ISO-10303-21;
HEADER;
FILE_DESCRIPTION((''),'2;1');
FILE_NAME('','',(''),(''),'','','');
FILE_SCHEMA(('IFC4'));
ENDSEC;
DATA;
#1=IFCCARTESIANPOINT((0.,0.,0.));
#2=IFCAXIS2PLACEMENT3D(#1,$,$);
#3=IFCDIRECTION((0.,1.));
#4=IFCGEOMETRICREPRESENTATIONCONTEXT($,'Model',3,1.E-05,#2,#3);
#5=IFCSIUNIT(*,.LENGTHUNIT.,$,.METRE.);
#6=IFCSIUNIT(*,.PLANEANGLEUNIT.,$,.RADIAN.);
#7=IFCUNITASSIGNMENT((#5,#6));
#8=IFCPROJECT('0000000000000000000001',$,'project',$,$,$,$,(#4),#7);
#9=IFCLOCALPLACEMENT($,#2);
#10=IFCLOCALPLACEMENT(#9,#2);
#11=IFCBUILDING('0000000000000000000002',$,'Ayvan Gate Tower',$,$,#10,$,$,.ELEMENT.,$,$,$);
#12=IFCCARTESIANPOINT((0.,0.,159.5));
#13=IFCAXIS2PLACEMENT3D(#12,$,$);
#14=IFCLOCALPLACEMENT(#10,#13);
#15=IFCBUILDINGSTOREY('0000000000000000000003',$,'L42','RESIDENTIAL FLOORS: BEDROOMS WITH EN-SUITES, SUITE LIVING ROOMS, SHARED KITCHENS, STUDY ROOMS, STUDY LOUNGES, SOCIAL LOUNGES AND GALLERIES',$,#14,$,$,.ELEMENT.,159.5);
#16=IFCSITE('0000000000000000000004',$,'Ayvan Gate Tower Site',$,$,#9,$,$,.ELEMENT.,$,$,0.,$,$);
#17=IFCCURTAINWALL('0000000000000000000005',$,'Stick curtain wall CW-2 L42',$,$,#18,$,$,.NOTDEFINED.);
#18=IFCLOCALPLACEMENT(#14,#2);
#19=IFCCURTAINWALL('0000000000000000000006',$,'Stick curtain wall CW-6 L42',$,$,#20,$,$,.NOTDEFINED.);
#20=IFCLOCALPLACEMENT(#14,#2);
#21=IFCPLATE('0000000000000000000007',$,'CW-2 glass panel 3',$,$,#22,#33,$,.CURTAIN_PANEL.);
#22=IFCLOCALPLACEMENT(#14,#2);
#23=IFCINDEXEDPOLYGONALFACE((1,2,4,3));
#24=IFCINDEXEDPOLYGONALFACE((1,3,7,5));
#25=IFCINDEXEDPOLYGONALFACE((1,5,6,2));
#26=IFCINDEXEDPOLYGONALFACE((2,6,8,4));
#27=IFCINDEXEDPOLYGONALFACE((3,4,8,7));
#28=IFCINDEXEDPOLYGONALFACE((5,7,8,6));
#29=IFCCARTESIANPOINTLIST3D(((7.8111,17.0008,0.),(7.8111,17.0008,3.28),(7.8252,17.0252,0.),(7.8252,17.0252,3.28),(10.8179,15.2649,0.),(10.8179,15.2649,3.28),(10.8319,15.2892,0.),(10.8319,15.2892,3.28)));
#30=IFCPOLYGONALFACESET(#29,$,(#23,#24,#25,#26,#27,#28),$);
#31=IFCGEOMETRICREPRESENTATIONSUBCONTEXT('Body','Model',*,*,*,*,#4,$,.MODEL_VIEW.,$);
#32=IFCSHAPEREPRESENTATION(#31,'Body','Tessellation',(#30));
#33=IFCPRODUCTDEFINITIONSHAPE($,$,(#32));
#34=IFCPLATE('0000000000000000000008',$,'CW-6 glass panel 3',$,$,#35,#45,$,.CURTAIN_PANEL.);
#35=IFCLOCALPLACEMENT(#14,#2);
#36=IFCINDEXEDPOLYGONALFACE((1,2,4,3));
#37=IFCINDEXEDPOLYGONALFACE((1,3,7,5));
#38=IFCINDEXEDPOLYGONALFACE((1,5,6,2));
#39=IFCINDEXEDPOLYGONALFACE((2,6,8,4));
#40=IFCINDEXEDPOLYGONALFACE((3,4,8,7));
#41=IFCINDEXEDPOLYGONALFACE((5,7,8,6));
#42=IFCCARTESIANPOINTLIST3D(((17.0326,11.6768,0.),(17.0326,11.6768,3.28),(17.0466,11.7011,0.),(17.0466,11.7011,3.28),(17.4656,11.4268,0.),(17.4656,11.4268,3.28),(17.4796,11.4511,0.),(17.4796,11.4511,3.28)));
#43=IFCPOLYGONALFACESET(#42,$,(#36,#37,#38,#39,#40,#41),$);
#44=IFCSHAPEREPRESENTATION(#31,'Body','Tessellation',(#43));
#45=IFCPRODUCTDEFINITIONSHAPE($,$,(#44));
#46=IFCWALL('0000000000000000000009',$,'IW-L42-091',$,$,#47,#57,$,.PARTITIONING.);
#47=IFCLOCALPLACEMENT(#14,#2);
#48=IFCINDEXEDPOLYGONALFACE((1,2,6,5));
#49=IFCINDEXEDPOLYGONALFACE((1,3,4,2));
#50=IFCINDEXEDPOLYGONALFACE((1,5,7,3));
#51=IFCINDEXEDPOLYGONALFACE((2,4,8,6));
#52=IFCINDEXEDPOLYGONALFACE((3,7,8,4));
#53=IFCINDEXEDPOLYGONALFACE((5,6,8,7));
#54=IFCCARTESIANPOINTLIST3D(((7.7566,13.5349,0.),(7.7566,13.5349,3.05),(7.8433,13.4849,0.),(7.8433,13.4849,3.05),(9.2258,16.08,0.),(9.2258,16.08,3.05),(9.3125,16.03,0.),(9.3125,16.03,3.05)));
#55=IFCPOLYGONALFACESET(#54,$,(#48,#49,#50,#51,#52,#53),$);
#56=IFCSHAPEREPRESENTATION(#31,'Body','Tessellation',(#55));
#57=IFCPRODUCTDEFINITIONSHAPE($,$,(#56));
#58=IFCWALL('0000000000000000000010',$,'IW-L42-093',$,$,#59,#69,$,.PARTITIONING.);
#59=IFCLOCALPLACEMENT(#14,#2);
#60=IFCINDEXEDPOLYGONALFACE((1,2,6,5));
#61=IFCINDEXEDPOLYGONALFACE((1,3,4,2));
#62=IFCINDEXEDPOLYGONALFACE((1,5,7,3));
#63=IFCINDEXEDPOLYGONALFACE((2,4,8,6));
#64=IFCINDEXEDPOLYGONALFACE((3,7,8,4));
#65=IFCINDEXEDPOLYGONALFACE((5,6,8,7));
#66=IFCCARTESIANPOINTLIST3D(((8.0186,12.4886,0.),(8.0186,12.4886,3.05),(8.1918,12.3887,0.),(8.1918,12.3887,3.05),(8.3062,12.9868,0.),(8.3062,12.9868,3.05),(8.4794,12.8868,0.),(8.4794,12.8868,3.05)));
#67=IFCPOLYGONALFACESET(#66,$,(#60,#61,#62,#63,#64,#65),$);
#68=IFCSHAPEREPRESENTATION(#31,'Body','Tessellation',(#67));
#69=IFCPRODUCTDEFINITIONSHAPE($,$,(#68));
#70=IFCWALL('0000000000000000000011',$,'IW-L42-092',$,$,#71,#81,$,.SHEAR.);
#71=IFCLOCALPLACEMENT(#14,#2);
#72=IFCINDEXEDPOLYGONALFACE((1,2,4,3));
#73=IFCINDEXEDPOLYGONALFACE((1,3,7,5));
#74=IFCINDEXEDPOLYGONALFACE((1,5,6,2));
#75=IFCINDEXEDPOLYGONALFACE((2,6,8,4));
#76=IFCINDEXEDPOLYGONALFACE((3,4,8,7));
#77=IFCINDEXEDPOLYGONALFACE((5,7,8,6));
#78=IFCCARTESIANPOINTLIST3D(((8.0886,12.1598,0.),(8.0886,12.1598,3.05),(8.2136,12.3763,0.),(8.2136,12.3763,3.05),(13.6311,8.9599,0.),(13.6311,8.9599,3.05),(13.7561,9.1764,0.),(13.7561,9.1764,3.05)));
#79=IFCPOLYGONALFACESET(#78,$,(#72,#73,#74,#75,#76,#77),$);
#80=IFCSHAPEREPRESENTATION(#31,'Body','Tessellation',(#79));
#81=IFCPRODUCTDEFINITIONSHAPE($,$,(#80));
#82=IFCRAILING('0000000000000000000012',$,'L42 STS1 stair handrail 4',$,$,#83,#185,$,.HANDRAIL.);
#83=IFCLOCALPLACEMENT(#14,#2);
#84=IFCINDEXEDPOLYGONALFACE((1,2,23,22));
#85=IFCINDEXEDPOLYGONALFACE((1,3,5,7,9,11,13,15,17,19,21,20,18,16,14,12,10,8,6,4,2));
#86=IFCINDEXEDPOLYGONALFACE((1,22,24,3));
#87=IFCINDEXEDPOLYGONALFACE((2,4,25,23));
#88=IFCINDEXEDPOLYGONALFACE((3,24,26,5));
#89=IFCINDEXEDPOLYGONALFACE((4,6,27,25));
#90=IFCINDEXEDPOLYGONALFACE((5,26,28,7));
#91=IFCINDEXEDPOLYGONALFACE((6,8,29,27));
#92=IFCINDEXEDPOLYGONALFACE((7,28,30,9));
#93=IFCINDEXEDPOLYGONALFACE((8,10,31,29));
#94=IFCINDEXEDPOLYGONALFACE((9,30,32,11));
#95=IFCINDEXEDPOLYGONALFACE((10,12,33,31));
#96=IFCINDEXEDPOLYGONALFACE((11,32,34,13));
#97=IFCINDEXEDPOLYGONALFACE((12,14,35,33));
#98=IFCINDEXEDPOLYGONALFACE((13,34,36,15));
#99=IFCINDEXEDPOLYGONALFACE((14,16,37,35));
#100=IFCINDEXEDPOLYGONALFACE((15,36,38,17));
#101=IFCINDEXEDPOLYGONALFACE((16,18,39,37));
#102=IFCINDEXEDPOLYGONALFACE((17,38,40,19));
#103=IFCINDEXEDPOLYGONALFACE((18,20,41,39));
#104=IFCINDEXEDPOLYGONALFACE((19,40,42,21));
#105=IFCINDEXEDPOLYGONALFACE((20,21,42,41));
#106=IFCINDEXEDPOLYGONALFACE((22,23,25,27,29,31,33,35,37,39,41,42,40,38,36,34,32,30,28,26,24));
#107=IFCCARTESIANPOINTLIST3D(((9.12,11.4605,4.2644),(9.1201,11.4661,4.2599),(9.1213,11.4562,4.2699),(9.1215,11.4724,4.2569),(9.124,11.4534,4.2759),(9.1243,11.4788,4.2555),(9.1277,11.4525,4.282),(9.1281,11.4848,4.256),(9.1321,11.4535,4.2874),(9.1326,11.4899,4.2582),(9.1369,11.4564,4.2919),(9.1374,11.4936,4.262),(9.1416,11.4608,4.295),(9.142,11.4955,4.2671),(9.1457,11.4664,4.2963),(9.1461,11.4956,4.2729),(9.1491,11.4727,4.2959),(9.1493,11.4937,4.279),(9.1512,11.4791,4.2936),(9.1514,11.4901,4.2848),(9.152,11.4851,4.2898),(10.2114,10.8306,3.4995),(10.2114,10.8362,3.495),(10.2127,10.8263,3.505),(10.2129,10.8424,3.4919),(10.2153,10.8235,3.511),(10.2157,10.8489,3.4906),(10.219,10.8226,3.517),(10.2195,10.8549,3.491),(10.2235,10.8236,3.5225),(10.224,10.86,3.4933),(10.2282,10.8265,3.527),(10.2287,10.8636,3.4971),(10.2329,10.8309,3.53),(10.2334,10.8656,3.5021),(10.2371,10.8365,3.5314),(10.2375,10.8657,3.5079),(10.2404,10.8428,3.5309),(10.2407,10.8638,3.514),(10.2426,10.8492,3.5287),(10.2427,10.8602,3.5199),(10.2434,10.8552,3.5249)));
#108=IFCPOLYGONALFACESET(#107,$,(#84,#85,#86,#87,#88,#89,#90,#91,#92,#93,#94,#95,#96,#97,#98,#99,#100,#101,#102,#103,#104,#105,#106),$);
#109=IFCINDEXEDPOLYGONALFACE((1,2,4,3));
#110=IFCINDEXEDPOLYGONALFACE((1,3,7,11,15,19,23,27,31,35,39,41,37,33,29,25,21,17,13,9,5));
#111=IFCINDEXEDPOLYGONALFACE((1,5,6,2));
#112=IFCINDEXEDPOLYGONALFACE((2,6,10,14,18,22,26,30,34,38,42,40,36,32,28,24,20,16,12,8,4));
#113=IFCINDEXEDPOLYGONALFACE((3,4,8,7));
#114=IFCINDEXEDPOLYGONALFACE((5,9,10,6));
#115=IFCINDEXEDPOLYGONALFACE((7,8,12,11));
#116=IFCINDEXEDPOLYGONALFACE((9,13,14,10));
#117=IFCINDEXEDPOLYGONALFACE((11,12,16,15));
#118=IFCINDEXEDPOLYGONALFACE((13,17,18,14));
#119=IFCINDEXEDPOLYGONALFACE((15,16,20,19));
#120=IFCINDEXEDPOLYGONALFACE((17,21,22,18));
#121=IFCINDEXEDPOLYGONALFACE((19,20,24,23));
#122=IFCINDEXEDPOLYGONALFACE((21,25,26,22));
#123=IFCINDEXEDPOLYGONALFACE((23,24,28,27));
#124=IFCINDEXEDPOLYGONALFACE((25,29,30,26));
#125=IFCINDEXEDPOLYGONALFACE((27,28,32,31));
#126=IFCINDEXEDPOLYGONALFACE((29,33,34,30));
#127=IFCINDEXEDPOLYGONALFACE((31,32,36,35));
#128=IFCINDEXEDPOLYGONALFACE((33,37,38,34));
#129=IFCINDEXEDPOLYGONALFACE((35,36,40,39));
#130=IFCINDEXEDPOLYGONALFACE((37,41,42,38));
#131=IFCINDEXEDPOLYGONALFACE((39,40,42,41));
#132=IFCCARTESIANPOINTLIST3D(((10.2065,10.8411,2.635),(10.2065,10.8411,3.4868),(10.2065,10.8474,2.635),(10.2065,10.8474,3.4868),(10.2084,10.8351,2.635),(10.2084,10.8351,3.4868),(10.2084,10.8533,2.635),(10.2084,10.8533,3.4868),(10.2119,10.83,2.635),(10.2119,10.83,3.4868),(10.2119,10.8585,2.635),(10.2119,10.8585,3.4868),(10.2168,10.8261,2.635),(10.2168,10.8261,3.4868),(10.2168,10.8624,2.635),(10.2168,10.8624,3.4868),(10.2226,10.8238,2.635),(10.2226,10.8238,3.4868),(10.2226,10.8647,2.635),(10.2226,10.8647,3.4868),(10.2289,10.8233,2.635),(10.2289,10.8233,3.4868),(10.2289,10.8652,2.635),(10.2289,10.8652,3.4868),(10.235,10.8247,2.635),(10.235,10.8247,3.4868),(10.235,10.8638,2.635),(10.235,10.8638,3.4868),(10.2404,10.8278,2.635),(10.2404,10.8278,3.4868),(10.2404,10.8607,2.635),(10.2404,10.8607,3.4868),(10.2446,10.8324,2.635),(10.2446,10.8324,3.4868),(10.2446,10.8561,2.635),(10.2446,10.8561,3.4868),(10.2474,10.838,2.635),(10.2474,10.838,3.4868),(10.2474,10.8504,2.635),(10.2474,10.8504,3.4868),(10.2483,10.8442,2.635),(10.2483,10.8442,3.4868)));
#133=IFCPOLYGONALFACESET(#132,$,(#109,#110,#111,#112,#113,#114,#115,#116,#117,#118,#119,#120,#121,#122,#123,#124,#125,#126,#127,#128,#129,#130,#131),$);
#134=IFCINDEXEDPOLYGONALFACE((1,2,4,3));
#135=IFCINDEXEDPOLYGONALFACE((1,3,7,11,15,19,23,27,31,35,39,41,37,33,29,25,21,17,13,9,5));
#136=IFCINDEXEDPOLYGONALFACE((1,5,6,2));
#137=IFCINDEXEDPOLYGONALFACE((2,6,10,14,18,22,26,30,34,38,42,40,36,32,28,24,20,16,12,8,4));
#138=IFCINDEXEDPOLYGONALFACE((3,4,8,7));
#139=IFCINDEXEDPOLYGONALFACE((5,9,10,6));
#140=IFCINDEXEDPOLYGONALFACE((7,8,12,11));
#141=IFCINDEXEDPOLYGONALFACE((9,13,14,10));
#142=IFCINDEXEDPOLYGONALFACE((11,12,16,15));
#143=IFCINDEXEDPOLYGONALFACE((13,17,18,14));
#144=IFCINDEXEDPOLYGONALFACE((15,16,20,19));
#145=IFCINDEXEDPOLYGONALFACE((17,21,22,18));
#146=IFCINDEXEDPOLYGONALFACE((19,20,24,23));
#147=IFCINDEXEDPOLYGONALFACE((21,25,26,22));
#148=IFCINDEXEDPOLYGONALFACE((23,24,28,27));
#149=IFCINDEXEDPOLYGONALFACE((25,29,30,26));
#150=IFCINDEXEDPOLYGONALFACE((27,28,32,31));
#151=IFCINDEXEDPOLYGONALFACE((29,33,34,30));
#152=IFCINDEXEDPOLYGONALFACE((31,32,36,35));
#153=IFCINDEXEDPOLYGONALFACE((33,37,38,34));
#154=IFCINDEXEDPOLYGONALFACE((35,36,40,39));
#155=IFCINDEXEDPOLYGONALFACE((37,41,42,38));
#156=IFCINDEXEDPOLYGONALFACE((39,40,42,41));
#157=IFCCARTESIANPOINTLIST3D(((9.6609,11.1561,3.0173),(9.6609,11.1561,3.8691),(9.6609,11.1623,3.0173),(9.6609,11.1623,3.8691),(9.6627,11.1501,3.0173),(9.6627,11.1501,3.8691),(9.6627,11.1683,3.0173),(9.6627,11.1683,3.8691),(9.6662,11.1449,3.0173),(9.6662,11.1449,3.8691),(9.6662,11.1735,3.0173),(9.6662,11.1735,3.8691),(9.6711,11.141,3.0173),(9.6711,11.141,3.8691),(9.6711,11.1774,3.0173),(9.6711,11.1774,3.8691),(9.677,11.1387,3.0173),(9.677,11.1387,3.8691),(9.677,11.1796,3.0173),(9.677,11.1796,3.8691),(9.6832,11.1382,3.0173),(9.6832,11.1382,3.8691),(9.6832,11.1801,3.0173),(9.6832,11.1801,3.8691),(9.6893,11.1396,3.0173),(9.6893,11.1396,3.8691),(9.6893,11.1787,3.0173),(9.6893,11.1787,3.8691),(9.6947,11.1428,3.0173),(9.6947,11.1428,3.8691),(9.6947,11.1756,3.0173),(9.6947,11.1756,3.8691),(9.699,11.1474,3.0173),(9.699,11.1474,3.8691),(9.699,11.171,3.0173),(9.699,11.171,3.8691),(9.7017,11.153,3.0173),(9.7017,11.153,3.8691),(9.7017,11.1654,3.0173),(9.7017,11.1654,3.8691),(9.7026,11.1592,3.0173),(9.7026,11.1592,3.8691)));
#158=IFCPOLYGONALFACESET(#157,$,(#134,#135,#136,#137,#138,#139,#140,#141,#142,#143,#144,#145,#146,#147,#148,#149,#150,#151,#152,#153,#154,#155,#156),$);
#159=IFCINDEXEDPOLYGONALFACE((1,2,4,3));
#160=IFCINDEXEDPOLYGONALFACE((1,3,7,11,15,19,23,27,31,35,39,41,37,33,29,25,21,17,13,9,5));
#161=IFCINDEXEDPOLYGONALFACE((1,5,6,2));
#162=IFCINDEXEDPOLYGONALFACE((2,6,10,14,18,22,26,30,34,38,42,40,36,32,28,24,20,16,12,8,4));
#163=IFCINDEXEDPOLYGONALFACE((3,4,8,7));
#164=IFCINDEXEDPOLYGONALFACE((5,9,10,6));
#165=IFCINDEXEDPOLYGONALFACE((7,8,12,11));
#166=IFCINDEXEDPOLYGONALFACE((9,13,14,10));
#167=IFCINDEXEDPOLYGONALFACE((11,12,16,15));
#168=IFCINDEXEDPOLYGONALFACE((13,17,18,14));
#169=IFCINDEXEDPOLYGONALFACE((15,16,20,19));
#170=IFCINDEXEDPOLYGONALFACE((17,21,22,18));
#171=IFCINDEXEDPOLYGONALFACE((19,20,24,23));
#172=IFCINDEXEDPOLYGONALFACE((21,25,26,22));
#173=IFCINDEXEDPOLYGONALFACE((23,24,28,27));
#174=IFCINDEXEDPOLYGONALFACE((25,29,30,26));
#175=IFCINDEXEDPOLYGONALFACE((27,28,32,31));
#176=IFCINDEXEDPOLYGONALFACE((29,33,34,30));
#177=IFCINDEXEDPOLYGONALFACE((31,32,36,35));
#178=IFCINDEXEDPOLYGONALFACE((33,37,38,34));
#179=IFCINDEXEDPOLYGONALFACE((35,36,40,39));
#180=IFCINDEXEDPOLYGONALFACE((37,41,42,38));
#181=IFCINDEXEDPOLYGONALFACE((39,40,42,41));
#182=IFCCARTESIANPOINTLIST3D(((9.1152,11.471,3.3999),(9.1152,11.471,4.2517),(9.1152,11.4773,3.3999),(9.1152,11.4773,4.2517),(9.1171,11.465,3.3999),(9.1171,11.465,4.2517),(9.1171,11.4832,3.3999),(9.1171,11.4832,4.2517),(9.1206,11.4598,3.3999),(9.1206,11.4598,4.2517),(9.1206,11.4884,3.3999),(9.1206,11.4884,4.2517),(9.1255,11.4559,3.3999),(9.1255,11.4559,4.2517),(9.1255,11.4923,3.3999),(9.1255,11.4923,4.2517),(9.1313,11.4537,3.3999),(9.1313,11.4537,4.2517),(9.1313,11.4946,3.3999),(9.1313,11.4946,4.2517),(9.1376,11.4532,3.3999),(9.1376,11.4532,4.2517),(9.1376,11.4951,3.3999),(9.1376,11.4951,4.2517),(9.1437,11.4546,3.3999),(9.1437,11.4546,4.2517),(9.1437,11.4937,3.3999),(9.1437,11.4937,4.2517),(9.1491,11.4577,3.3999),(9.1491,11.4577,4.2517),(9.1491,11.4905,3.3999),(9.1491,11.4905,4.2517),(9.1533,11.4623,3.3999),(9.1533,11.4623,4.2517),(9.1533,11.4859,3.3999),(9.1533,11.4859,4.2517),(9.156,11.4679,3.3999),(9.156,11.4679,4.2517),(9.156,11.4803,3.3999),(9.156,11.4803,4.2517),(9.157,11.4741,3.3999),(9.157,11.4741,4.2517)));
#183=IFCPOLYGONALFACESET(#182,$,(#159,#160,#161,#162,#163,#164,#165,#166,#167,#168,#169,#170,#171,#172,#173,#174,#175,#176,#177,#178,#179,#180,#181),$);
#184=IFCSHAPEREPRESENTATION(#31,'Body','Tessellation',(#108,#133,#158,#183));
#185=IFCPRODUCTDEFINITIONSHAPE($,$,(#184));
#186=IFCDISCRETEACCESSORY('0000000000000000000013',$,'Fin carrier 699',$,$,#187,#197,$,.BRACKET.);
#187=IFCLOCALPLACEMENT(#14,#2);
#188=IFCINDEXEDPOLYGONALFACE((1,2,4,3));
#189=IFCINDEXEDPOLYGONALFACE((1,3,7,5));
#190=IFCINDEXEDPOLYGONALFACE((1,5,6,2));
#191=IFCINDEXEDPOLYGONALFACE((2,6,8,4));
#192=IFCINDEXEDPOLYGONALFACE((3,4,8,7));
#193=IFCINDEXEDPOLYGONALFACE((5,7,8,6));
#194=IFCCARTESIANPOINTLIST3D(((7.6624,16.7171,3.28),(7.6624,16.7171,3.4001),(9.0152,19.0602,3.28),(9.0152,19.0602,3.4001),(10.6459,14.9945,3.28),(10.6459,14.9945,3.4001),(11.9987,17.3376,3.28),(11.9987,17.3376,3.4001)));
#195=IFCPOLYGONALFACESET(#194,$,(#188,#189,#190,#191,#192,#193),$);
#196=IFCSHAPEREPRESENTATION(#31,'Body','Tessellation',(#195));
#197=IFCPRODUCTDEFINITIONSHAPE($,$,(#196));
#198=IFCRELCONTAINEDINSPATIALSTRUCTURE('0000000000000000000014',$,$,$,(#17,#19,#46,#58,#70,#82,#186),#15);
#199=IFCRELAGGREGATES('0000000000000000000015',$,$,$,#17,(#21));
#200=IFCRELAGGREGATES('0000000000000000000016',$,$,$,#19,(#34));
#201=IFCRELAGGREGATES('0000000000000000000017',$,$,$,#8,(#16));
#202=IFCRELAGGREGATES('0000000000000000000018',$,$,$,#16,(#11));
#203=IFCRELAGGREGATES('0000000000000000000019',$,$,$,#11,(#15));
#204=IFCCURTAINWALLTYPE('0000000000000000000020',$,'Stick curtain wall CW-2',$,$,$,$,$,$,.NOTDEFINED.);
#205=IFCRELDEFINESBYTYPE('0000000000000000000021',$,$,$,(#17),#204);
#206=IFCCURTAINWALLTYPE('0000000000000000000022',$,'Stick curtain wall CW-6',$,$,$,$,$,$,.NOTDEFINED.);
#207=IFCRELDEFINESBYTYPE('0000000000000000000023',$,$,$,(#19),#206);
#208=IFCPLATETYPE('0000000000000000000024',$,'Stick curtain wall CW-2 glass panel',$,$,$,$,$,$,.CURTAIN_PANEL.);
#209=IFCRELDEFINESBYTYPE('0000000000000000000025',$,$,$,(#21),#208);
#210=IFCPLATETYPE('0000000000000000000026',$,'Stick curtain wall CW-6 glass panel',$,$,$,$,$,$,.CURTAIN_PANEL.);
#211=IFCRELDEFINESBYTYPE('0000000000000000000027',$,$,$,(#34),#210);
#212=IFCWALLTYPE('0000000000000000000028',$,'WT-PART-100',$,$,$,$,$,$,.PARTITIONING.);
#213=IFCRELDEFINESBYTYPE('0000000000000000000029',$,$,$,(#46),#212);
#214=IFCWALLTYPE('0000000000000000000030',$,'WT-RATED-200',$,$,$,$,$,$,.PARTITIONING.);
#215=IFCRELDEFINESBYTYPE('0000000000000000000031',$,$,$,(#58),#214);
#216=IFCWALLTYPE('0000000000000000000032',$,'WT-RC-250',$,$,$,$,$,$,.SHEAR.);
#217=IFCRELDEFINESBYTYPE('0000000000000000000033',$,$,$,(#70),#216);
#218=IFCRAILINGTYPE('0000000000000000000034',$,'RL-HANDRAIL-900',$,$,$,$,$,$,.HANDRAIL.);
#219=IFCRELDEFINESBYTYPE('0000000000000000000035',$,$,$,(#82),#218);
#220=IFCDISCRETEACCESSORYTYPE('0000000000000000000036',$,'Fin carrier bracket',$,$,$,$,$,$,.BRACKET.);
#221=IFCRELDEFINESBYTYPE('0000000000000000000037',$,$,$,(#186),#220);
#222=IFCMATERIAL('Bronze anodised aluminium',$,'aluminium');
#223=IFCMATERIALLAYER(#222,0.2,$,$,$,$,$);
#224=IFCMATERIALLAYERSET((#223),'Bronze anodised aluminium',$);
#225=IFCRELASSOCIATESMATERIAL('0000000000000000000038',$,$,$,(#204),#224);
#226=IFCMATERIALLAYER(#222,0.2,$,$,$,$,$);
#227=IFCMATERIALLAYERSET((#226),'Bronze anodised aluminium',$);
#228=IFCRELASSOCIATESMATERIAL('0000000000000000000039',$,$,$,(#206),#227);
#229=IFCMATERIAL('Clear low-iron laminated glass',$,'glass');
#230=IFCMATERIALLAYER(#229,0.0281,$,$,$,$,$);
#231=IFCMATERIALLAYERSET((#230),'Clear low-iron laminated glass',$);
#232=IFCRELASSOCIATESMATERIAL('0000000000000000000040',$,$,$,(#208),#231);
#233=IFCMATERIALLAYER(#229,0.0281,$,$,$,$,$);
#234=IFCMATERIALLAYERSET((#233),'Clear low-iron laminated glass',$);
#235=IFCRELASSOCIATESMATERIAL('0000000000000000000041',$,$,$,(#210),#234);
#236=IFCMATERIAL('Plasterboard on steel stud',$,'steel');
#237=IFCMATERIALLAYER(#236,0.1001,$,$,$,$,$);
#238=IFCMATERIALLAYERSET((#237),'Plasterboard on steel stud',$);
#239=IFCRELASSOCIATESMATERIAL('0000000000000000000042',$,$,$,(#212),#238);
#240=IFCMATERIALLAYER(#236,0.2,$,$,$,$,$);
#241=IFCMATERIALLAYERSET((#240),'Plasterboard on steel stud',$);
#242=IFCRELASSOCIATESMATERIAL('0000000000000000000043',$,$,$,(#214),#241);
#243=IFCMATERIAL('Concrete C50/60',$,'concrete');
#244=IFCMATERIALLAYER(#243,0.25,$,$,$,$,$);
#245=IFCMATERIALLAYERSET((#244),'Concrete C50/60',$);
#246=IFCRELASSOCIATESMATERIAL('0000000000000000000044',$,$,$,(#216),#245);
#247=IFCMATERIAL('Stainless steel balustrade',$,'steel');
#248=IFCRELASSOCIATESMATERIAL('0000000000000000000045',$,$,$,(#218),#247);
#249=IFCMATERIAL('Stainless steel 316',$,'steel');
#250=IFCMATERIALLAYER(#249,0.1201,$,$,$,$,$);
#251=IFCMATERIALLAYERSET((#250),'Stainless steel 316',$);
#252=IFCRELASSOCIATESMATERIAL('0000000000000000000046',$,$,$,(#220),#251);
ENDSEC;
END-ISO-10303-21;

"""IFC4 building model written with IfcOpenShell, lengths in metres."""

from ifc_helpers import new_model, si_unit, direction, frame, frame_2d, origin, origin_2d, place, context, subcontext, project, spatial, rectangle, circle, extrude, material, layer, layer_set, type_object, element, aggregate, save


model = new_model("IFC4")

# Units and contexts
model_context = context("Model", 3, precision=1e-05, world=origin(), true_north=direction((0.0, 1.0)))
body_context = subcontext(model_context, "Body", "Model", "MODEL_VIEW")
ifc_project = project(units=[si_unit("LENGTHUNIT", "METRE"), si_unit("PLANEANGLEUNIT", "RADIAN")], contexts=[model_context])

# Site, building, storey
site_placement = place(None, origin())
site = spatial("IfcSite", under=ifc_project, at=site_placement, Name="Ayvan Gate Tower Site", CompositionType="ELEMENT", RefElevation=0.0)
building_placement = place(site_placement, origin())
building = spatial("IfcBuilding", under=site, at=building_placement, Name="Ayvan Gate Tower", CompositionType="ELEMENT")
storey_placement = place(building_placement, frame((0.0, 0.0, 159.5)))
storey = spatial("IfcBuildingStorey", under=building, at=storey_placement, Name="L42", Description="RESIDENTIAL FLOORS: BEDROOMS WITH EN-SUITES, SUITE LIVING ROOMS, SHARED KITCHENS, STUDY ROOMS, STUDY LOUNGES, SOCIAL LOUNGES AND GALLERIES", CompositionType="ELEMENT", Elevation=159.5)

# Curtain walls
ifc_material_1 = material(Name="Bronze anodised aluminium", Category="aluminium")
ifc_layer_1 = layer(ifc_material_1, 0.2)
ifc_layer_set_1 = layer_set([ifc_layer_1], Name="Bronze anodised aluminium")
curtain_wall_type_1 = type_object("IfcCurtainWallType", Name="Stick curtain wall CW-2", PredefinedType="NOTDEFINED", material=ifc_layer_set_1)
curtain_wall_1_placement = place(storey_placement, origin())
curtain_wall_1 = element("IfcCurtainWall", 1, at=curtain_wall_1_placement, inside=storey, type_object=curtain_wall_type_1, Name="Stick curtain wall CW-2 L42", PredefinedType="NOTDEFINED")
ifc_layer_2 = layer(ifc_material_1, 0.2)
ifc_layer_set_2 = layer_set([ifc_layer_2], Name="Bronze anodised aluminium")
curtain_wall_type_2 = type_object("IfcCurtainWallType", Name="Stick curtain wall CW-6", PredefinedType="NOTDEFINED", material=ifc_layer_set_2)
curtain_wall_2_placement = place(storey_placement, origin())
curtain_wall_2 = element("IfcCurtainWall", 2, at=curtain_wall_2_placement, inside=storey, type_object=curtain_wall_type_2, Name="Stick curtain wall CW-6 L42", PredefinedType="NOTDEFINED")

# Plates
ifc_material_2 = material(Name="Clear low-iron laminated glass", Category="glass")
ifc_layer_3 = layer(ifc_material_2, 0.0281)
ifc_layer_set_3 = layer_set([ifc_layer_3], Name="Clear low-iron laminated glass")
plate_type_1 = type_object("IfcPlateType", Name="Stick curtain wall CW-2 glass panel", PredefinedType="CURTAIN_PANEL", material=ifc_layer_set_3)
plate_1_placement = place(storey_placement, frame((9.3215, 16.145, 0.0), z_axis=(0.0, 0.0, 1.0), x_axis=(-0.866025, 0.5, 0.0)))
plate_1 = element("IfcPlate", 3, at=plate_1_placement, type_object=plate_type_1, Name="CW-2 glass panel 3", PredefinedType="CURTAIN_PANEL", context=body_context, shape_type="SweptSolid", body=[
    extrude(rectangle(XDim=3.4719, YDim=0.0281, at=origin_2d()), origin(), (0.0, 0.0, 1.0), 3.28),
])
aggregate(curtain_wall_1, [plate_1])
ifc_layer_4 = layer(ifc_material_2, 0.0281)
ifc_layer_set_4 = layer_set([ifc_layer_4], Name="Clear low-iron laminated glass")
plate_type_2 = type_object("IfcPlateType", Name="Stick curtain wall CW-6 glass panel", PredefinedType="CURTAIN_PANEL", material=ifc_layer_set_4)
plate_2_placement = place(storey_placement, frame((17.2561, 11.564, 0.0), z_axis=(0.0, 0.0, 1.0), x_axis=(-0.866025, 0.5, 0.0)))
plate_2 = element("IfcPlate", 4, at=plate_2_placement, type_object=plate_type_2, Name="CW-6 glass panel 3", PredefinedType="CURTAIN_PANEL", context=body_context, shape_type="SweptSolid", body=[
    extrude(rectangle(XDim=0.5, YDim=0.0281, at=origin_2d()), origin(), (0.0, 0.0, 1.0), 3.28),
])
aggregate(curtain_wall_2, [plate_2])

# Walls
ifc_material_3 = material(Name="Plasterboard on steel stud", Category="steel")
ifc_layer_5 = layer(ifc_material_3, 0.1001)
ifc_layer_set_5 = layer_set([ifc_layer_5], Name="Plasterboard on steel stud")
wall_type_1 = type_object("IfcWallType", Name="WT-PART-100", PredefinedType="PARTITIONING", material=ifc_layer_set_5)
wall_1_placement = place(storey_placement, frame((7.8, 13.51, 0.0), z_axis=(0.0, 0.0, 1.0), x_axis=(0.499945, 0.866057, 0.0)))
element("IfcWall", 5, at=wall_1_placement, inside=storey, type_object=wall_type_1, Name="IW-L42-091", PredefinedType="PARTITIONING", context=body_context, shape_type="SweptSolid", body=[
    extrude(rectangle(XDim=2.9387, YDim=0.1001, at=frame_2d((1.4692, 0.0))), origin(), (0.0, 0.0, 1.0), 3.05),
])
ifc_layer_6 = layer(ifc_material_3, 0.2)
ifc_layer_set_6 = layer_set([ifc_layer_6], Name="Plasterboard on steel stud")
wall_type_2 = type_object("IfcWallType", Name="WT-RATED-200", PredefinedType="PARTITIONING", material=ifc_layer_set_6)
wall_2_placement = place(storey_placement, frame((8.3928, 12.9368, 0.0), z_axis=(0.0, 0.0, 1.0), x_axis=(-0.500065, -0.865988, 0.0)))
element("IfcWall", 6, at=wall_2_placement, inside=storey, type_object=wall_type_2, Name="IW-L42-093", PredefinedType="PARTITIONING", context=body_context, shape_type="SweptSolid", body=[
    extrude(rectangle(XDim=0.5752, YDim=0.2, at=frame_2d((0.2876, 0.0))), origin(), (0.0, 0.0, 1.0), 3.05),
])
ifc_material_4 = material(Name="Concrete C50/60", Category="concrete")
ifc_layer_7 = layer(ifc_material_4, 0.25)
ifc_layer_set_7 = layer_set([ifc_layer_7], Name="Concrete C50/60")
wall_type_3 = type_object("IfcWallType", Name="WT-RC-250", PredefinedType="SHEAR", material=ifc_layer_set_7)
wall_3_placement = place(storey_placement, frame((8.1511, 12.2681, 0.0), z_axis=(0.0, 0.0, 1.0), x_axis=(0.866025, -0.5, 0.0)))
element("IfcWall", 7, at=wall_3_placement, inside=storey, type_object=wall_type_3, Name="IW-L42-092", PredefinedType="SHEAR", context=body_context, shape_type="SweptSolid", body=[
    extrude(rectangle(XDim=6.3999, YDim=0.25, at=frame_2d((3.2, 0.0))), origin(), (0.0, 0.0, 1.0), 3.05),
])

# Railing
ifc_material_5 = material(Name="Stainless steel balustrade", Category="steel")
railing_type = type_object("IfcRailingType", Name="RL-HANDRAIL-900", PredefinedType="HANDRAIL", material=ifc_material_5)
railing_placement = place(storey_placement, frame((10.2273, 10.8442, 2.635)))
element("IfcRailing", 8, at=railing_placement, inside=storey, type_object=railing_type, Name="L42 STS1 stair handrail 4", PredefinedType="HANDRAIL", context=body_context, shape_type="SweptSolid", body=[
    extrude(circle(Radius=0.0239, at=origin_2d()), frame((0.0, 0.0, 0.876), z_axis=(-0.740357, 0.42732, 0.518912), x_axis=(-0.49989, -0.866089, 0.0)), (0.0, 0.0, 1.0), 1.4741),
    extrude(circle(Radius=0.021, at=origin_2d()), origin(), (0.0, 0.0, 1.0), 0.8518),
    extrude(circle(Radius=0.021, at=origin_2d()), frame((-0.5457, 0.3149, 0.3823)), (0.0, 0.0, 1.0), 0.8518),
    extrude(circle(Radius=0.021, at=origin_2d()), frame((-1.0913, 0.6299, 0.7649)), (0.0, 0.0, 1.0), 0.8518),
])

# Discrete accessory
ifc_material_6 = material(Name="Stainless steel 316", Category="steel")
ifc_layer_8 = layer(ifc_material_6, 0.1201)
ifc_layer_set_8 = layer_set([ifc_layer_8], Name="Stainless steel 316")
discrete_accessory_type = type_object("IfcDiscreteAccessoryType", Name="Fin carrier bracket", PredefinedType="BRACKET", material=ifc_layer_set_8)
for number, where, z_axis, x_axis, name in (
    (9, (9.8306, 17.0273, 3.28), (0.0, 0.0, 1.0), (-0.866025, 0.5, 0.0), "Fin carrier 699"),
):
    element("IfcDiscreteAccessory", number, at=place(storey_placement, frame(where, z_axis=z_axis, x_axis=x_axis)), inside=storey, type_object=discrete_accessory_type, Name=name, PredefinedType="BRACKET", context=body_context, shape_type="SweptSolid", body=[
        extrude(rectangle(XDim=3.4451, YDim=2.7056, at=origin_2d()), origin(), (0.0, 0.0, 1.0), 0.1201),
    ])

save(model, "model.ifc")
